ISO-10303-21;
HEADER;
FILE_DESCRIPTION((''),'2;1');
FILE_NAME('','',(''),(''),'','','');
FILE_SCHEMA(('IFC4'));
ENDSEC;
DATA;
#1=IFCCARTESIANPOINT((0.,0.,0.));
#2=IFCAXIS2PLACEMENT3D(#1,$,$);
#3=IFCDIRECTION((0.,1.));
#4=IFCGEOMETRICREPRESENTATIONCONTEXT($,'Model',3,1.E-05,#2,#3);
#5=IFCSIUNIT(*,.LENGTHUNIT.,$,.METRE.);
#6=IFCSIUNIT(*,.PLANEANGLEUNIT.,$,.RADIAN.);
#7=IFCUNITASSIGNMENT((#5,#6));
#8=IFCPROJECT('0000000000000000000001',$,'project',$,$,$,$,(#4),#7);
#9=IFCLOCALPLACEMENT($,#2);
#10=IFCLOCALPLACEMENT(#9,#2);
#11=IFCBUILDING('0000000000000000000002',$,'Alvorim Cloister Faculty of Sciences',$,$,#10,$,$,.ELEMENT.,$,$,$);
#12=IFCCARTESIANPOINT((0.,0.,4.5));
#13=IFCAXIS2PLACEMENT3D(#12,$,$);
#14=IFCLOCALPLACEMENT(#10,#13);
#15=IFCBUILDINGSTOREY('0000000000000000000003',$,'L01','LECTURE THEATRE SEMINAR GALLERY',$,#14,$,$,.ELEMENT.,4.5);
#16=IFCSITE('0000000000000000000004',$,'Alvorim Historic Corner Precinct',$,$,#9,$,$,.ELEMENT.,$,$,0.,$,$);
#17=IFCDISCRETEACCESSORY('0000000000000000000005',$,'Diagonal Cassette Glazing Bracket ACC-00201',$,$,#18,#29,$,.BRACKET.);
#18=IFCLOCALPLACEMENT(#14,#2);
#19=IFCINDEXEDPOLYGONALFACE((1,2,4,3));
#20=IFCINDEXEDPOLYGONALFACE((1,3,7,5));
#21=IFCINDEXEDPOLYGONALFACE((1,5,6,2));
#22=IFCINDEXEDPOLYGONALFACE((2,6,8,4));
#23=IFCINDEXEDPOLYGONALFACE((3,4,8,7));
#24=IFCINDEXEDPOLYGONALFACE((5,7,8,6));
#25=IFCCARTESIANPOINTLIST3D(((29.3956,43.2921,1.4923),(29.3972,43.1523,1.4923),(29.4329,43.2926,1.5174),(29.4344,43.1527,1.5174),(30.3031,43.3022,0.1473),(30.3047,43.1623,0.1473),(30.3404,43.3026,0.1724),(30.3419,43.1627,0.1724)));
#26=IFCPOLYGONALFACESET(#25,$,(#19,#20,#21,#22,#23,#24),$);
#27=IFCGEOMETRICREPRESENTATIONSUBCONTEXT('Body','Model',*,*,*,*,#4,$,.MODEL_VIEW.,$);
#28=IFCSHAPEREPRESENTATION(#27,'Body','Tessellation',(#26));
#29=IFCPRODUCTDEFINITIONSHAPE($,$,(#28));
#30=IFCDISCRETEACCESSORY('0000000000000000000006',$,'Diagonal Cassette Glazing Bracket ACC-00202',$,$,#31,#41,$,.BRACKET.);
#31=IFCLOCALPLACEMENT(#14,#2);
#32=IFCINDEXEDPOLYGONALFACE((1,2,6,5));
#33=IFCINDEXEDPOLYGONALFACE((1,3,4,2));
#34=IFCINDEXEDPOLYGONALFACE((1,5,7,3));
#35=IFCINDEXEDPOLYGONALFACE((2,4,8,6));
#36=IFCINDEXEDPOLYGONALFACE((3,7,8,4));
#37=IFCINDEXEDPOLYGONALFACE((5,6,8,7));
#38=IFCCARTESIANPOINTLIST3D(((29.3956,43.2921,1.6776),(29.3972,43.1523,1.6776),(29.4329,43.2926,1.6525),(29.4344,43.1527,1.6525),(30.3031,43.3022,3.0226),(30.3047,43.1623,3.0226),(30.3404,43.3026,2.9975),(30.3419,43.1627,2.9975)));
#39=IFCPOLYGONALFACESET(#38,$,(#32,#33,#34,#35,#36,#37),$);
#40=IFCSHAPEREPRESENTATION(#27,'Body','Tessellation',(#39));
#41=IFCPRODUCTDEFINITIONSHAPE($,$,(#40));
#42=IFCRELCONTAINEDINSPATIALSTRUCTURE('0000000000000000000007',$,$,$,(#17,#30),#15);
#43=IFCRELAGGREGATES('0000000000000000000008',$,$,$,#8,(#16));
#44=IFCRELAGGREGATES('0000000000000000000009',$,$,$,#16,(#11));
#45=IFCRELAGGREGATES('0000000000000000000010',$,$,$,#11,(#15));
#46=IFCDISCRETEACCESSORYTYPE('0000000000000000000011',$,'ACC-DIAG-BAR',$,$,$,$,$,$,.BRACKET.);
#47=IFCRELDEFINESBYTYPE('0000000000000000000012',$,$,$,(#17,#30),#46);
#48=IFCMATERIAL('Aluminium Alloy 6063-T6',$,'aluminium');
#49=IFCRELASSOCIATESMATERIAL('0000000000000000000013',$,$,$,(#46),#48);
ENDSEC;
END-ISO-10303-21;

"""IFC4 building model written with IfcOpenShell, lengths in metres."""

from ifc_helpers import new_model, si_unit, direction, frame, origin, origin_2d, place, context, subcontext, project, spatial, rectangle, extrude, material, type_object, element, save


model = new_model("IFC4")

# Units and contexts
model_context = context("Model", 3, precision=1e-05, world=origin(), true_north=direction((0.0, 1.0)))
body_context = subcontext(model_context, "Body", "Model", "MODEL_VIEW")
ifc_project = project(units=[si_unit("LENGTHUNIT", "METRE"), si_unit("PLANEANGLEUNIT", "RADIAN")], contexts=[model_context])

# Site, building, storey
site_placement = place(None, origin())
site = spatial("IfcSite", under=ifc_project, at=site_placement, Name="Alvorim Historic Corner Precinct", CompositionType="ELEMENT", RefElevation=0.0)
building_placement = place(site_placement, origin())
building = spatial("IfcBuilding", under=site, at=building_placement, Name="Alvorim Cloister Faculty of Sciences", CompositionType="ELEMENT")
storey_placement = place(building_placement, frame((0.0, 0.0, 4.5)))
storey = spatial("IfcBuildingStorey", under=building, at=storey_placement, Name="L01", Description="LECTURE THEATRE SEMINAR GALLERY", CompositionType="ELEMENT", Elevation=4.5)

# Shared definitions
ifc_material_1 = material(Name="Aluminium Alloy 6063-T6", Category="aluminium")

# Discrete accessories
discrete_accessory_type = type_object("IfcDiscreteAccessoryType", Name="ACC-DIAG-BAR", PredefinedType="BRACKET", material=ifc_material_1)
for number, where, z_axis, x_axis, name in (
    (1, (29.415, 43.2224, 1.5049), (0.559299, 0.006169, -0.828943), (-0.01103, 0.999939, 0.0), "Diagonal Cassette Glazing Bracket ACC-00201"),
    (2, (29.415, 43.2224, 1.665), (0.559299, 0.006169, 0.828943), (-0.01103, 0.999939, 0.0), "Diagonal Cassette Glazing Bracket ACC-00202"),
):
    element("IfcDiscreteAccessory", number, at=place(storey_placement, frame(where, z_axis=z_axis, x_axis=x_axis)), inside=storey, type_object=discrete_accessory_type, Name=name, PredefinedType="BRACKET", context=body_context, shape_type="SweptSolid", body=[
        extrude(rectangle(XDim=0.1399, YDim=0.0449, at=origin_2d()), origin(), (0.0, 0.0, 1.0), 1.6226),
    ])

save(model, "model.ifc")
